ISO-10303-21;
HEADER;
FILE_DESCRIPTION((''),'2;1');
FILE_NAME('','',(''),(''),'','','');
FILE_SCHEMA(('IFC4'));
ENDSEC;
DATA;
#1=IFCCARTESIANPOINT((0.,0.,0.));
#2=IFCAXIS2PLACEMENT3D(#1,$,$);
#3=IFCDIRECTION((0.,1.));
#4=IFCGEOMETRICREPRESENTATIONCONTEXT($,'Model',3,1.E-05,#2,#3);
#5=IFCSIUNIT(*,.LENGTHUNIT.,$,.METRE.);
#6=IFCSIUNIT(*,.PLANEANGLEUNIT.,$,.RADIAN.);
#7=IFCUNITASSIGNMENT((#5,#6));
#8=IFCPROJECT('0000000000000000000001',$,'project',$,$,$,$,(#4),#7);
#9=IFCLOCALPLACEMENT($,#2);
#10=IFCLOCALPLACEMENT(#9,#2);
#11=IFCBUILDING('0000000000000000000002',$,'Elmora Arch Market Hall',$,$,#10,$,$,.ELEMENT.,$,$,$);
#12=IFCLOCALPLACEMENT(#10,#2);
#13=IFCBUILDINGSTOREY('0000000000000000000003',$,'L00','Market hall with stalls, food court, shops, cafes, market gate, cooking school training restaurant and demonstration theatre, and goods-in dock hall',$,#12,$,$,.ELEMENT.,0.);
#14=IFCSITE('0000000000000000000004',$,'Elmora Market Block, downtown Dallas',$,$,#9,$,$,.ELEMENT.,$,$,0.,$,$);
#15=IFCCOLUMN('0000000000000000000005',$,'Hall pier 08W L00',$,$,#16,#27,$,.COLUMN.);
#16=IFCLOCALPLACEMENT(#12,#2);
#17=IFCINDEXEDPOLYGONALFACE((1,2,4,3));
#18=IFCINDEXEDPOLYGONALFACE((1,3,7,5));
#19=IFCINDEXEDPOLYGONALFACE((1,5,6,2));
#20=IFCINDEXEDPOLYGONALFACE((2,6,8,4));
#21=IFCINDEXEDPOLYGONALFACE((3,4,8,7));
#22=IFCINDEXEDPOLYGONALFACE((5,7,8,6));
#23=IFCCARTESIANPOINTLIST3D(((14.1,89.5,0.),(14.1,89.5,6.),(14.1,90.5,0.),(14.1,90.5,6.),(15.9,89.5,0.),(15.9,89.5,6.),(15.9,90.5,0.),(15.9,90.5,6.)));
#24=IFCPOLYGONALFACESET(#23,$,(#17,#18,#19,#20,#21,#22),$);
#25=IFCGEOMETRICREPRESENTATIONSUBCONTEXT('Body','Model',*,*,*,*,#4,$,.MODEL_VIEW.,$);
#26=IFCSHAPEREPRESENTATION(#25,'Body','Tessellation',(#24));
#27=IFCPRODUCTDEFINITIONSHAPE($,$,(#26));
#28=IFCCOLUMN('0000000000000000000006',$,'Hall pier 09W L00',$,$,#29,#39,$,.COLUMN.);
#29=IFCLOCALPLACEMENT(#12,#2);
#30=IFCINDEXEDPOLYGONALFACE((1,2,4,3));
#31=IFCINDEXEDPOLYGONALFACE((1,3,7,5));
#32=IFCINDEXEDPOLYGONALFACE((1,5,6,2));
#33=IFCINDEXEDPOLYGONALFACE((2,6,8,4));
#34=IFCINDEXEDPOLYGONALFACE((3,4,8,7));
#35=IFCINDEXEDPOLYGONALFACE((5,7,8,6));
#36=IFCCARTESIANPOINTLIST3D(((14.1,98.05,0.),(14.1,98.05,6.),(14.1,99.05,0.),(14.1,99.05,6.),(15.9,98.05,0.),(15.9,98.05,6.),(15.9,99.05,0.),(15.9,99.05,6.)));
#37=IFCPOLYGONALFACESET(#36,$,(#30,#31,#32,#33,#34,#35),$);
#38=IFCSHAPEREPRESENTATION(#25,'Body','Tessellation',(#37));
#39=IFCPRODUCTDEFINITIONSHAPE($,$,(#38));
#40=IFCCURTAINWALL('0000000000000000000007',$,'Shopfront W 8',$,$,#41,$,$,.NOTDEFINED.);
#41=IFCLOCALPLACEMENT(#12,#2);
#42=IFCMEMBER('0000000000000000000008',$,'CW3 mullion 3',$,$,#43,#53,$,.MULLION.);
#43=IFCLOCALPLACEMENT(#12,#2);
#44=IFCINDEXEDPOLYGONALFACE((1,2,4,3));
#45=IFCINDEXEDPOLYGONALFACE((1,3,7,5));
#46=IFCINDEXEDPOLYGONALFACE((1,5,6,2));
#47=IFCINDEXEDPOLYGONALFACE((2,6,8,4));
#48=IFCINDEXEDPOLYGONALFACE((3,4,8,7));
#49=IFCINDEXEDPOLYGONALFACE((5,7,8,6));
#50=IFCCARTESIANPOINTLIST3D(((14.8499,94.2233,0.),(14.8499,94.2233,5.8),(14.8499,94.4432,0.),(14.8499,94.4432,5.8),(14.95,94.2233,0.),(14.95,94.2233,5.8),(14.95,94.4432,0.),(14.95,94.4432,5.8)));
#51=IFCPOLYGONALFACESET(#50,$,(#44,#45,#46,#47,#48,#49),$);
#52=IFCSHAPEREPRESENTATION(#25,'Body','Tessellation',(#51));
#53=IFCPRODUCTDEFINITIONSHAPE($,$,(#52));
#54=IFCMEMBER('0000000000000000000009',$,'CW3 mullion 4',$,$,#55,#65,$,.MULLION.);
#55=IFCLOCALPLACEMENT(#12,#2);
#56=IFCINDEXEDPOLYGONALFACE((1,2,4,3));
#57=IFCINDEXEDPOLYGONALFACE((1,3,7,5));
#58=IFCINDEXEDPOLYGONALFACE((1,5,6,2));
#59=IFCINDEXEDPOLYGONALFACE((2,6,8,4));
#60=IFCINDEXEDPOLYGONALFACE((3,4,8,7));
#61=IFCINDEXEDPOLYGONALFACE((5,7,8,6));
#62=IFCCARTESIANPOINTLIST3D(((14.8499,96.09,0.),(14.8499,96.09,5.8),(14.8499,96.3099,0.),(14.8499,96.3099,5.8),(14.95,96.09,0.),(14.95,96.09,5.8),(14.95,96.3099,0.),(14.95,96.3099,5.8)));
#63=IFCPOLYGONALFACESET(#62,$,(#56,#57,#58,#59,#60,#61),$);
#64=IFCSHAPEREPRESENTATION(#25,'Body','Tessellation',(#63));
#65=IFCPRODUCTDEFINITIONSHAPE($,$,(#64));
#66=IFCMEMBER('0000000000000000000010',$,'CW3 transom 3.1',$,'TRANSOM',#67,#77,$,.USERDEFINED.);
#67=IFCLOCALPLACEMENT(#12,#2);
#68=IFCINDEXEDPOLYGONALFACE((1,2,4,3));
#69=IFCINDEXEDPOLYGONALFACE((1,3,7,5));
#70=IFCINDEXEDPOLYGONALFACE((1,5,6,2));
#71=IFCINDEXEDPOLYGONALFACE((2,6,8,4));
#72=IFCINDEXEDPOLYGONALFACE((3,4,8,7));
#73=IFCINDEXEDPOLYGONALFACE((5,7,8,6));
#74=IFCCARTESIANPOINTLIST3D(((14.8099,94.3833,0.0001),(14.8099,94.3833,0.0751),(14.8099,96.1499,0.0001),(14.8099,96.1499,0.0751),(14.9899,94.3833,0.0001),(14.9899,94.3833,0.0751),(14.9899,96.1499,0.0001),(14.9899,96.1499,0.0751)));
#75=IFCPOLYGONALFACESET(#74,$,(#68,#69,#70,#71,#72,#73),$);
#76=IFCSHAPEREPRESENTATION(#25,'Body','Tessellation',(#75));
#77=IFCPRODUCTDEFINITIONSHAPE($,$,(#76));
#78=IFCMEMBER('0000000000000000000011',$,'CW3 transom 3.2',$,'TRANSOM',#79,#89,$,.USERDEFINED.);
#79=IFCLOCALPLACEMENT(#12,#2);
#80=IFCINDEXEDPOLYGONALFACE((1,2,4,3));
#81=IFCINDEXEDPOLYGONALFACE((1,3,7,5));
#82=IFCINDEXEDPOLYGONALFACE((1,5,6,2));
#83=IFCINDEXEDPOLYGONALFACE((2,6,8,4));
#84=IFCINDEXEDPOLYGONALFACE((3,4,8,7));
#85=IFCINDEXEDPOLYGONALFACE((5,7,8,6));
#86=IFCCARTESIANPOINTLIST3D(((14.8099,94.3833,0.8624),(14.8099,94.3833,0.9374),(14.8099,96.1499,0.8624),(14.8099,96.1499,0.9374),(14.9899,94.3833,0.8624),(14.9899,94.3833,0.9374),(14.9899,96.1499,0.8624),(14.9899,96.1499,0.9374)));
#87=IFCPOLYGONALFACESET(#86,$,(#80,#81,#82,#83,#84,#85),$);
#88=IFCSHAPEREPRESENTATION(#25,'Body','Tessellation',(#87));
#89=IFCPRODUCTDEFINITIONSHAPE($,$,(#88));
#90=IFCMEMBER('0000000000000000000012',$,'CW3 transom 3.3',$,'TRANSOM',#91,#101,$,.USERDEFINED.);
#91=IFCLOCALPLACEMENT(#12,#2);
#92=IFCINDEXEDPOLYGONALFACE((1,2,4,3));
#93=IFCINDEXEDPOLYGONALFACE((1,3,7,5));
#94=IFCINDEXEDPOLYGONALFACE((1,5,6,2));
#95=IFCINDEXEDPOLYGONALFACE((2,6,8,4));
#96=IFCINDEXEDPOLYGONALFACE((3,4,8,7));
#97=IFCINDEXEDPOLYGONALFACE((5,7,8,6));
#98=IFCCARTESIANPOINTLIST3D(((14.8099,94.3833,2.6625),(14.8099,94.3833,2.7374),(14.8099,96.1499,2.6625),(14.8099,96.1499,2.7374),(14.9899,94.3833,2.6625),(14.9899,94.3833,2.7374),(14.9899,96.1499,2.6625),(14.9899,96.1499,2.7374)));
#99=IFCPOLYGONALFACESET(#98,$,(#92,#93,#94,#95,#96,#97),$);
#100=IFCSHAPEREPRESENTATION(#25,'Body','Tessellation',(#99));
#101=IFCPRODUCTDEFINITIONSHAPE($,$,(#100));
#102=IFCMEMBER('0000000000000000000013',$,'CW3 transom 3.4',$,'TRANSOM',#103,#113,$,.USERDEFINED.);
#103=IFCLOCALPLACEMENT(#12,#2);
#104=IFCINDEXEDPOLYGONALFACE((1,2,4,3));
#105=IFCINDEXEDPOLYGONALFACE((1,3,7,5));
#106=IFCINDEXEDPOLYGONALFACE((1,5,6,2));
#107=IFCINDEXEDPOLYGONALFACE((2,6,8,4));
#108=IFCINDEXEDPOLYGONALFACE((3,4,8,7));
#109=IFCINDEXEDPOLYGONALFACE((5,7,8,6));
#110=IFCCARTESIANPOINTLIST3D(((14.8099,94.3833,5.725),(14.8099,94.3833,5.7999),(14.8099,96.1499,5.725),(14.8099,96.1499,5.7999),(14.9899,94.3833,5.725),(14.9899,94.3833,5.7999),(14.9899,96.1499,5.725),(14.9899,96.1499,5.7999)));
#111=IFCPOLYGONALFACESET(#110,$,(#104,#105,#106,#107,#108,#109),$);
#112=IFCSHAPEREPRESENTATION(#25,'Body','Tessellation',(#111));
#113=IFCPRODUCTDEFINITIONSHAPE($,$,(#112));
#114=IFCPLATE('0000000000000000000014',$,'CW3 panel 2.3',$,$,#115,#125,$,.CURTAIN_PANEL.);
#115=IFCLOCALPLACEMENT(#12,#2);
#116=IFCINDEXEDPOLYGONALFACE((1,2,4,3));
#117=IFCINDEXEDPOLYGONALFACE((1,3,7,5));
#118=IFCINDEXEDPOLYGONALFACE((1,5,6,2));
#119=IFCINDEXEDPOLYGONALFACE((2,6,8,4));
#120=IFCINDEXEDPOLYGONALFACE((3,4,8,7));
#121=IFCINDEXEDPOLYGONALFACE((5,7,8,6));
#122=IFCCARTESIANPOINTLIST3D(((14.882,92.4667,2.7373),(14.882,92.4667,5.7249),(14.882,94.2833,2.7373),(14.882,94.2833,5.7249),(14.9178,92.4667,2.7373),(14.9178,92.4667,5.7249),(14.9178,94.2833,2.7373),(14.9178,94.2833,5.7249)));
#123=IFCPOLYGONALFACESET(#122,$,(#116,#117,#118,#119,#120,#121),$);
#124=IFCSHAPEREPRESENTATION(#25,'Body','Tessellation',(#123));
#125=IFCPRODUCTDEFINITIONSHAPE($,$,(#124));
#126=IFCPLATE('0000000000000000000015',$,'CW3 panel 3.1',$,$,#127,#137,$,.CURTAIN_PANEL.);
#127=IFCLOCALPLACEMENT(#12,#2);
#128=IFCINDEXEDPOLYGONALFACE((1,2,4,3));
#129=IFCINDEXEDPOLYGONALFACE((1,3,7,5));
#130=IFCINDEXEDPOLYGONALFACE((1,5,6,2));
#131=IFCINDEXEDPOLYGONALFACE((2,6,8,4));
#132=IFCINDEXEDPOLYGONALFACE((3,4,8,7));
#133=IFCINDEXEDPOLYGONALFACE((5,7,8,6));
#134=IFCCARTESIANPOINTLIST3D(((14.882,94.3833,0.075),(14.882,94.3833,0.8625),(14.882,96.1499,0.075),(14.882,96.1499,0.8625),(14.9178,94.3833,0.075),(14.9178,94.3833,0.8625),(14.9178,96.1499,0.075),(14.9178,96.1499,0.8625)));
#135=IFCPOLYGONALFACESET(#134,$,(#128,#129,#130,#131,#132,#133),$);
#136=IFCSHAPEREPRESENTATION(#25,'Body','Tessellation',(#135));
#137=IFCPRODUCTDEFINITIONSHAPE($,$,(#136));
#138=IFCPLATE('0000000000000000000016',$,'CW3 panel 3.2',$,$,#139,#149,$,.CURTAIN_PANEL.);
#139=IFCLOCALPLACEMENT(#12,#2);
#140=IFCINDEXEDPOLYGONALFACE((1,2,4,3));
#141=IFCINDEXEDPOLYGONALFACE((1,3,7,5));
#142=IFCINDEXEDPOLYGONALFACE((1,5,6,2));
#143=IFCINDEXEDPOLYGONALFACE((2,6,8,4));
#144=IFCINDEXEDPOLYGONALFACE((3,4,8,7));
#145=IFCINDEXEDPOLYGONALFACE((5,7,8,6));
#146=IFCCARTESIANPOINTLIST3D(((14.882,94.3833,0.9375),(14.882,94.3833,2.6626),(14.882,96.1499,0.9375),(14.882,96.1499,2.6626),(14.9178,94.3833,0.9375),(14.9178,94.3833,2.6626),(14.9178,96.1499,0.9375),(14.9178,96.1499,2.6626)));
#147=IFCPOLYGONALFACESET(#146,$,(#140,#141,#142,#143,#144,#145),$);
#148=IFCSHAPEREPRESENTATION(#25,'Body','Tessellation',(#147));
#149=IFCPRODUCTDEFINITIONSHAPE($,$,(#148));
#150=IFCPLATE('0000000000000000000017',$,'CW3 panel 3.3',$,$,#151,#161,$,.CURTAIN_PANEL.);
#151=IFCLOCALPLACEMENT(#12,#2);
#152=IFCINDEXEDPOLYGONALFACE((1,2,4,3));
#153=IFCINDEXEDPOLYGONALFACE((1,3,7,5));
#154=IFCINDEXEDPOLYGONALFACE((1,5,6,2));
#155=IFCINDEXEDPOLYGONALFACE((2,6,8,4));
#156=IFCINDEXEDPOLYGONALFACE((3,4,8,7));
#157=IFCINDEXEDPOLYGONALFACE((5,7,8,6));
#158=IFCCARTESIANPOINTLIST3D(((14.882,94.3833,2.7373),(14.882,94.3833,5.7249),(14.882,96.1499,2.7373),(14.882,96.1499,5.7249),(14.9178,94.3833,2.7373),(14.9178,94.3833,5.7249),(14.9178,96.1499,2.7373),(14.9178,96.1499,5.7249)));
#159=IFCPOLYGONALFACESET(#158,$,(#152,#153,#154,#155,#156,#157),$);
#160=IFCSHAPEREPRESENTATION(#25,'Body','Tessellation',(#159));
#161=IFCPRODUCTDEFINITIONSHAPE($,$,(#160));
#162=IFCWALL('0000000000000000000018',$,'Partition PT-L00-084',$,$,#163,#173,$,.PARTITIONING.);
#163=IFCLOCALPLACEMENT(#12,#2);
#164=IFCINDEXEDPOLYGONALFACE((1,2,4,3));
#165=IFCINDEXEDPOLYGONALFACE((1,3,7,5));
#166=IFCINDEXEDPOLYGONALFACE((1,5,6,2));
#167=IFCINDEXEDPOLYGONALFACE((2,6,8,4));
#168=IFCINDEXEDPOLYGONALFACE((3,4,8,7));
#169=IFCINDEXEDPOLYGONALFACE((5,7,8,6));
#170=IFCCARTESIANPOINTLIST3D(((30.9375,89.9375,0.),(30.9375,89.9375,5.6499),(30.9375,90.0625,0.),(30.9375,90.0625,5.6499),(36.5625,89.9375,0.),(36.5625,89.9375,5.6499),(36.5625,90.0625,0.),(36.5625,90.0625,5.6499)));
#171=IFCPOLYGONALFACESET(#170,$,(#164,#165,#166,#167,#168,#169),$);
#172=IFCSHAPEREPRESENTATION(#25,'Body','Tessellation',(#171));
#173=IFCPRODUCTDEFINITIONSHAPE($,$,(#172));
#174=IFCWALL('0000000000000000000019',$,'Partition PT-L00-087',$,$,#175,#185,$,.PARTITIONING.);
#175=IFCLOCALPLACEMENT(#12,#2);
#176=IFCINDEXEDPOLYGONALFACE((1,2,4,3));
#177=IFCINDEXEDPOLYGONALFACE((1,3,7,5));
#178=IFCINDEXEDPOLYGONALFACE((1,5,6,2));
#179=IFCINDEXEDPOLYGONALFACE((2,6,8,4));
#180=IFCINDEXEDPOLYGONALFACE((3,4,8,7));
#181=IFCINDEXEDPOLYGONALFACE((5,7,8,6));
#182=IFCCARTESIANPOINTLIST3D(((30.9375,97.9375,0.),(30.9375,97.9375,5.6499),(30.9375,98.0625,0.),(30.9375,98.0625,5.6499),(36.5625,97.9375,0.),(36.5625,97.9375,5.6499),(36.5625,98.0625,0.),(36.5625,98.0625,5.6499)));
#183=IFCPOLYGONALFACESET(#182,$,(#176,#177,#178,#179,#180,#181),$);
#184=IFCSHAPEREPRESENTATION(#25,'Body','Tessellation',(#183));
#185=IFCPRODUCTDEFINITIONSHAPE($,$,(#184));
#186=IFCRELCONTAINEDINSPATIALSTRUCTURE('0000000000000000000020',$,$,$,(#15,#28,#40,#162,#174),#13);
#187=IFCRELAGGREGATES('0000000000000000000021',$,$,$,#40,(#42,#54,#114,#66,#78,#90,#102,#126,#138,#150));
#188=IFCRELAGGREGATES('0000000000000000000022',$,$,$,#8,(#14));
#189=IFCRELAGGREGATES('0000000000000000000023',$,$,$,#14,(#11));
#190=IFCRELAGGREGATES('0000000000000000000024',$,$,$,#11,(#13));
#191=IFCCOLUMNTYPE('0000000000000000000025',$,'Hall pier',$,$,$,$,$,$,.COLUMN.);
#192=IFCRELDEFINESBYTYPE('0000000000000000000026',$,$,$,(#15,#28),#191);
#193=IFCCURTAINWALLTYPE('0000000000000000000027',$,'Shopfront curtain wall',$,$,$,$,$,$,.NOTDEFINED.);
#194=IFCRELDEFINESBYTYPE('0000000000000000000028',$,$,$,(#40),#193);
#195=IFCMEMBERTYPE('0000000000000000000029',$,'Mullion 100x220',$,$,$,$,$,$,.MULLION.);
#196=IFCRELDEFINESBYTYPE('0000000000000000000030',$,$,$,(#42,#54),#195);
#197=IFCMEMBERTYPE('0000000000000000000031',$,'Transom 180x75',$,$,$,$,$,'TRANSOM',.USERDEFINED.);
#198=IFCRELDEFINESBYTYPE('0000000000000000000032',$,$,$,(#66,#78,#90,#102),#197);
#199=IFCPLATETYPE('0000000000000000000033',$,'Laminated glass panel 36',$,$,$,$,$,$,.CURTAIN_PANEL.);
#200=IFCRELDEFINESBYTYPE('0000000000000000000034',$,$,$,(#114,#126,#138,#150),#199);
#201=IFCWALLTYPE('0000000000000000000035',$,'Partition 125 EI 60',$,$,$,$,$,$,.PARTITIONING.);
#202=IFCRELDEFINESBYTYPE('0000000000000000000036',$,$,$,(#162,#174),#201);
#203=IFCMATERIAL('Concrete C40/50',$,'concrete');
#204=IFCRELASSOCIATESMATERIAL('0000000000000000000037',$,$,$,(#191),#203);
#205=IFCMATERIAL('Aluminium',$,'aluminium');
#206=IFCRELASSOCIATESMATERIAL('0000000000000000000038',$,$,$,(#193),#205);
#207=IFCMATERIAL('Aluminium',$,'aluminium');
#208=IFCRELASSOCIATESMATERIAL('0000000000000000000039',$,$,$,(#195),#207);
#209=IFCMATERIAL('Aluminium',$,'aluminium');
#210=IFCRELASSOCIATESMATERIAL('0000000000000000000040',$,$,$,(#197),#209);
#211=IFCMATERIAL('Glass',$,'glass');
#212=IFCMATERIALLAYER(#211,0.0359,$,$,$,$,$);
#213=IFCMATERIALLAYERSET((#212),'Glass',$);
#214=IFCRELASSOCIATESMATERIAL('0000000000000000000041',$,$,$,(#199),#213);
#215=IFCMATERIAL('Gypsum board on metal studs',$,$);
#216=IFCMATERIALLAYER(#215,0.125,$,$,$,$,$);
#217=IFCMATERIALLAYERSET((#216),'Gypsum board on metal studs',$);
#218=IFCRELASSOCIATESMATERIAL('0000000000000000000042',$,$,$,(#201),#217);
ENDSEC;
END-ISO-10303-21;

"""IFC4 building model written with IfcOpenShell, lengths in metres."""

from ifc_helpers import new_model, si_unit, direction, frame, frame_2d, origin, origin_2d, place, context, subcontext, project, spatial, rectangle, extrude, material, layer, layer_set, material_profile, profile_set, type_object, element, aggregate, save


model = new_model("IFC4")

# Units and contexts
model_context = context("Model", 3, precision=1e-05, world=origin(), true_north=direction((0.0, 1.0)))
body_context = subcontext(model_context, "Body", "Model", "MODEL_VIEW")
ifc_project = project(units=[si_unit("LENGTHUNIT", "METRE"), si_unit("PLANEANGLEUNIT", "RADIAN")], contexts=[model_context])

# Site, building, storey
site_placement = place(None, origin())
site = spatial("IfcSite", under=ifc_project, at=site_placement, Name="Elmora Market Block, downtown Dallas", CompositionType="ELEMENT", RefElevation=0.0)
building_placement = place(site_placement, origin())
building = spatial("IfcBuilding", under=site, at=building_placement, Name="Elmora Arch Market Hall", CompositionType="ELEMENT")
storey_placement = place(building_placement, origin())
storey = spatial("IfcBuildingStorey", under=building, at=storey_placement, Name="L00", Description="Market hall with stalls, food court, shops, cafes, market gate, cooking school training restaurant and demonstration theatre, and goods-in dock hall", CompositionType="ELEMENT", Elevation=0.0)

# Columns
ifc_material_1 = material(Name="Concrete C40/50", Category="concrete")
ifc_material_profile_1 = material_profile(ifc_material_1, rectangle(XDim=1.8, YDim=1.0, at=origin_2d()), Name="Hall pier")
ifc_profile_set_1 = profile_set([ifc_material_profile_1], Name="Concrete C40/50")
column_type = type_object("IfcColumnType", Name="Hall pier", PredefinedType="COLUMN", material=ifc_profile_set_1)
for number, where, z_axis, x_axis, name in (
    (1, (15.0, 90.0, 0.0), (0.0, 0.0, 1.0), (1.0, 0.0, 0.0), "Hall pier 08W L00"),
    (2, (15.0, 98.55, 0.0), (0.0, 0.0, 1.0), (1.0, 0.0, 0.0), "Hall pier 09W L00"),
):
    element("IfcColumn", number, at=place(storey_placement, frame(where, z_axis=z_axis, x_axis=x_axis)), inside=storey, type_object=column_type, Name=name, PredefinedType="COLUMN", context=body_context, shape_type="SweptSolid", body=[
        extrude(rectangle(XDim=1.8, YDim=1.0, at=origin_2d()), origin(), (0.0, 0.0, 1.0), 6.0),
    ])

# Curtain wall, members, plates
ifc_material_2 = material(Name="Aluminium", Category="aluminium")
curtain_wall_type = type_object("IfcCurtainWallType", Name="Shopfront curtain wall", PredefinedType="NOTDEFINED", material=ifc_material_2)
curtain_wall_placement = place(storey_placement, origin())
curtain_wall = element("IfcCurtainWall", 3, at=curtain_wall_placement, inside=storey, type_object=curtain_wall_type, Name="Shopfront W 8", PredefinedType="NOTDEFINED")
ifc_material_3 = material(Name="Aluminium", Category="aluminium")
ifc_material_profile_2 = material_profile(ifc_material_3, rectangle(XDim=0.1001, YDim=0.22, at=origin_2d()), Name="AL 100x220")
ifc_profile_set_2 = profile_set([ifc_material_profile_2], Name="Aluminium")
member_type_1 = type_object("IfcMemberType", Name="Mullion 100x220", PredefinedType="MULLION", material=ifc_profile_set_2)
member_1_placement = place(storey_placement, frame((14.8999, 94.3333, 0.0), z_axis=(0.0, 0.0, 1.0), x_axis=(-1.0, 0.0, 0.0)))
member_1 = element("IfcMember", 4, at=member_1_placement, type_object=member_type_1, Name="CW3 mullion 3", PredefinedType="MULLION", context=body_context, shape_type="SweptSolid", body=[
    extrude(rectangle(XDim=0.1001, YDim=0.22, at=origin_2d()), origin(), (0.0, 0.0, 1.0), 5.8),
])
member_2_placement = place(storey_placement, frame((14.8999, 96.2, 0.0), z_axis=(0.0, 0.0, 1.0), x_axis=(-1.0, 0.0, 0.0)))
member_2 = element("IfcMember", 5, at=member_2_placement, type_object=member_type_1, Name="CW3 mullion 4", PredefinedType="MULLION", context=body_context, shape_type="SweptSolid", body=[
    extrude(rectangle(XDim=0.1001, YDim=0.22, at=origin_2d()), origin(), (0.0, 0.0, 1.0), 5.8),
])
ifc_material_4 = material(Name="Aluminium", Category="aluminium")
ifc_material_profile_3 = material_profile(ifc_material_4, rectangle(XDim=0.1799, YDim=0.075, at=origin_2d()), Name="AL 180x75")
ifc_profile_set_3 = profile_set([ifc_material_profile_3], Name="Aluminium")
member_type_2 = type_object("IfcMemberType", Name="Transom 180x75", ElementType="TRANSOM", PredefinedType="USERDEFINED", material=ifc_profile_set_3)
member_3_placement = place(storey_placement, frame((14.8999, 94.3833, 0.0376), z_axis=(0.0, 1.0, 0.0), x_axis=(-1.0, 0.0, 0.0)))
member_3 = element("IfcMember", 6, at=member_3_placement, type_object=member_type_2, Name="CW3 transom 3.1", ObjectType="TRANSOM", PredefinedType="USERDEFINED", context=body_context, shape_type="SweptSolid", body=[
    extrude(rectangle(XDim=0.1799, YDim=0.075, at=origin_2d()), origin(), (0.0, 0.0, 1.0), 1.7666),
])
member_4_placement = place(storey_placement, frame((14.8999, 94.3833, 0.8999), z_axis=(0.0, 1.0, 0.0), x_axis=(-1.0, 0.0, 0.0)))
member_4 = element("IfcMember", 7, at=member_4_placement, type_object=member_type_2, Name="CW3 transom 3.2", ObjectType="TRANSOM", PredefinedType="USERDEFINED", context=body_context, shape_type="SweptSolid", body=[
    extrude(rectangle(XDim=0.1799, YDim=0.075, at=origin_2d()), origin(), (0.0, 0.0, 1.0), 1.7666),
])
member_5_placement = place(storey_placement, frame((14.8999, 94.3833, 2.7), z_axis=(0.0, 1.0, 0.0), x_axis=(-1.0, 0.0, 0.0)))
member_5 = element("IfcMember", 8, at=member_5_placement, type_object=member_type_2, Name="CW3 transom 3.3", ObjectType="TRANSOM", PredefinedType="USERDEFINED", context=body_context, shape_type="SweptSolid", body=[
    extrude(rectangle(XDim=0.1799, YDim=0.075, at=origin_2d()), origin(), (0.0, 0.0, 1.0), 1.7666),
])
member_6_placement = place(storey_placement, frame((14.8999, 94.3833, 5.7625), z_axis=(0.0, 1.0, 0.0), x_axis=(-1.0, 0.0, 0.0)))
member_6 = element("IfcMember", 9, at=member_6_placement, type_object=member_type_2, Name="CW3 transom 3.4", ObjectType="TRANSOM", PredefinedType="USERDEFINED", context=body_context, shape_type="SweptSolid", body=[
    extrude(rectangle(XDim=0.1799, YDim=0.075, at=origin_2d()), origin(), (0.0, 0.0, 1.0), 1.7666),
])
ifc_material_5 = material(Name="Glass", Category="glass")
ifc_layer_1 = layer(ifc_material_5, 0.0359)
ifc_layer_set_1 = layer_set([ifc_layer_1], Name="Glass")
plate_type = type_object("IfcPlateType", Name="Laminated glass panel 36", PredefinedType="CURTAIN_PANEL", material=ifc_layer_set_1)
plate_1_placement = place(storey_placement, frame((14.8999, 93.375, 2.7373), z_axis=(0.0, 0.0, 1.0), x_axis=(0.0, 1.0, 0.0)))
plate_1 = element("IfcPlate", 10, at=plate_1_placement, type_object=plate_type, Name="CW3 panel 2.3", PredefinedType="CURTAIN_PANEL", context=body_context, shape_type="SweptSolid", body=[
    extrude(rectangle(XDim=1.8167, YDim=0.0359, at=origin_2d()), origin(), (0.0, 0.0, 1.0), 2.9875),
])
plate_2_placement = place(storey_placement, frame((14.8999, 95.2666, 0.075), z_axis=(0.0, 0.0, 1.0), x_axis=(0.0, 1.0, 0.0)))
plate_2 = element("IfcPlate", 11, at=plate_2_placement, type_object=plate_type, Name="CW3 panel 3.1", PredefinedType="CURTAIN_PANEL", context=body_context, shape_type="SweptSolid", body=[
    extrude(rectangle(XDim=1.7666, YDim=0.0359, at=origin_2d()), origin(), (0.0, 0.0, 1.0), 0.7876),
])
plate_3_placement = place(storey_placement, frame((14.8999, 95.2666, 0.9375), z_axis=(0.0, 0.0, 1.0), x_axis=(0.0, 1.0, 0.0)))
plate_3 = element("IfcPlate", 12, at=plate_3_placement, type_object=plate_type, Name="CW3 panel 3.2", PredefinedType="CURTAIN_PANEL", context=body_context, shape_type="SweptSolid", body=[
    extrude(rectangle(XDim=1.7666, YDim=0.0359, at=origin_2d()), origin(), (0.0, 0.0, 1.0), 1.7251),
])
plate_4_placement = place(storey_placement, frame((14.8999, 95.2666, 2.7373), z_axis=(0.0, 0.0, 1.0), x_axis=(0.0, 1.0, 0.0)))
plate_4 = element("IfcPlate", 13, at=plate_4_placement, type_object=plate_type, Name="CW3 panel 3.3", PredefinedType="CURTAIN_PANEL", context=body_context, shape_type="SweptSolid", body=[
    extrude(rectangle(XDim=1.7666, YDim=0.0359, at=origin_2d()), origin(), (0.0, 0.0, 1.0), 2.9875),
])
aggregate(curtain_wall, [member_1, member_2, plate_1, member_3, member_4, member_5, member_6, plate_2, plate_3, plate_4])

# Walls
ifc_material_6 = material(Name="Gypsum board on metal studs")
ifc_layer_2 = layer(ifc_material_6, 0.125)
ifc_layer_set_2 = layer_set([ifc_layer_2], Name="Gypsum board on metal studs")
wall_type_1 = type_object("IfcWallType", Name="Partition 125 EI 60", PredefinedType="PARTITIONING", material=ifc_layer_set_2)
for number, where, z_axis, x_axis, name in (
    (14, (30.9375, 90.0, 0.0), (0.0, 0.0, 1.0), (1.0, 0.0, 0.0), "Partition PT-L00-084"),
    (15, (30.9375, 98.0, 0.0), (0.0, 0.0, 1.0), (1.0, 0.0, 0.0), "Partition PT-L00-087"),
):
    element("IfcWall", number, at=place(storey_placement, frame(where, z_axis=z_axis, x_axis=x_axis)), inside=storey, type_object=wall_type_1, Name=name, PredefinedType="PARTITIONING", context=body_context, shape_type="SweptSolid", body=[
        extrude(rectangle(XDim=5.625, YDim=0.125, at=frame_2d((2.8125, 0.0))), origin(), (0.0, 0.0, 1.0), 5.6499),
    ])

save(model, "model.ifc")
